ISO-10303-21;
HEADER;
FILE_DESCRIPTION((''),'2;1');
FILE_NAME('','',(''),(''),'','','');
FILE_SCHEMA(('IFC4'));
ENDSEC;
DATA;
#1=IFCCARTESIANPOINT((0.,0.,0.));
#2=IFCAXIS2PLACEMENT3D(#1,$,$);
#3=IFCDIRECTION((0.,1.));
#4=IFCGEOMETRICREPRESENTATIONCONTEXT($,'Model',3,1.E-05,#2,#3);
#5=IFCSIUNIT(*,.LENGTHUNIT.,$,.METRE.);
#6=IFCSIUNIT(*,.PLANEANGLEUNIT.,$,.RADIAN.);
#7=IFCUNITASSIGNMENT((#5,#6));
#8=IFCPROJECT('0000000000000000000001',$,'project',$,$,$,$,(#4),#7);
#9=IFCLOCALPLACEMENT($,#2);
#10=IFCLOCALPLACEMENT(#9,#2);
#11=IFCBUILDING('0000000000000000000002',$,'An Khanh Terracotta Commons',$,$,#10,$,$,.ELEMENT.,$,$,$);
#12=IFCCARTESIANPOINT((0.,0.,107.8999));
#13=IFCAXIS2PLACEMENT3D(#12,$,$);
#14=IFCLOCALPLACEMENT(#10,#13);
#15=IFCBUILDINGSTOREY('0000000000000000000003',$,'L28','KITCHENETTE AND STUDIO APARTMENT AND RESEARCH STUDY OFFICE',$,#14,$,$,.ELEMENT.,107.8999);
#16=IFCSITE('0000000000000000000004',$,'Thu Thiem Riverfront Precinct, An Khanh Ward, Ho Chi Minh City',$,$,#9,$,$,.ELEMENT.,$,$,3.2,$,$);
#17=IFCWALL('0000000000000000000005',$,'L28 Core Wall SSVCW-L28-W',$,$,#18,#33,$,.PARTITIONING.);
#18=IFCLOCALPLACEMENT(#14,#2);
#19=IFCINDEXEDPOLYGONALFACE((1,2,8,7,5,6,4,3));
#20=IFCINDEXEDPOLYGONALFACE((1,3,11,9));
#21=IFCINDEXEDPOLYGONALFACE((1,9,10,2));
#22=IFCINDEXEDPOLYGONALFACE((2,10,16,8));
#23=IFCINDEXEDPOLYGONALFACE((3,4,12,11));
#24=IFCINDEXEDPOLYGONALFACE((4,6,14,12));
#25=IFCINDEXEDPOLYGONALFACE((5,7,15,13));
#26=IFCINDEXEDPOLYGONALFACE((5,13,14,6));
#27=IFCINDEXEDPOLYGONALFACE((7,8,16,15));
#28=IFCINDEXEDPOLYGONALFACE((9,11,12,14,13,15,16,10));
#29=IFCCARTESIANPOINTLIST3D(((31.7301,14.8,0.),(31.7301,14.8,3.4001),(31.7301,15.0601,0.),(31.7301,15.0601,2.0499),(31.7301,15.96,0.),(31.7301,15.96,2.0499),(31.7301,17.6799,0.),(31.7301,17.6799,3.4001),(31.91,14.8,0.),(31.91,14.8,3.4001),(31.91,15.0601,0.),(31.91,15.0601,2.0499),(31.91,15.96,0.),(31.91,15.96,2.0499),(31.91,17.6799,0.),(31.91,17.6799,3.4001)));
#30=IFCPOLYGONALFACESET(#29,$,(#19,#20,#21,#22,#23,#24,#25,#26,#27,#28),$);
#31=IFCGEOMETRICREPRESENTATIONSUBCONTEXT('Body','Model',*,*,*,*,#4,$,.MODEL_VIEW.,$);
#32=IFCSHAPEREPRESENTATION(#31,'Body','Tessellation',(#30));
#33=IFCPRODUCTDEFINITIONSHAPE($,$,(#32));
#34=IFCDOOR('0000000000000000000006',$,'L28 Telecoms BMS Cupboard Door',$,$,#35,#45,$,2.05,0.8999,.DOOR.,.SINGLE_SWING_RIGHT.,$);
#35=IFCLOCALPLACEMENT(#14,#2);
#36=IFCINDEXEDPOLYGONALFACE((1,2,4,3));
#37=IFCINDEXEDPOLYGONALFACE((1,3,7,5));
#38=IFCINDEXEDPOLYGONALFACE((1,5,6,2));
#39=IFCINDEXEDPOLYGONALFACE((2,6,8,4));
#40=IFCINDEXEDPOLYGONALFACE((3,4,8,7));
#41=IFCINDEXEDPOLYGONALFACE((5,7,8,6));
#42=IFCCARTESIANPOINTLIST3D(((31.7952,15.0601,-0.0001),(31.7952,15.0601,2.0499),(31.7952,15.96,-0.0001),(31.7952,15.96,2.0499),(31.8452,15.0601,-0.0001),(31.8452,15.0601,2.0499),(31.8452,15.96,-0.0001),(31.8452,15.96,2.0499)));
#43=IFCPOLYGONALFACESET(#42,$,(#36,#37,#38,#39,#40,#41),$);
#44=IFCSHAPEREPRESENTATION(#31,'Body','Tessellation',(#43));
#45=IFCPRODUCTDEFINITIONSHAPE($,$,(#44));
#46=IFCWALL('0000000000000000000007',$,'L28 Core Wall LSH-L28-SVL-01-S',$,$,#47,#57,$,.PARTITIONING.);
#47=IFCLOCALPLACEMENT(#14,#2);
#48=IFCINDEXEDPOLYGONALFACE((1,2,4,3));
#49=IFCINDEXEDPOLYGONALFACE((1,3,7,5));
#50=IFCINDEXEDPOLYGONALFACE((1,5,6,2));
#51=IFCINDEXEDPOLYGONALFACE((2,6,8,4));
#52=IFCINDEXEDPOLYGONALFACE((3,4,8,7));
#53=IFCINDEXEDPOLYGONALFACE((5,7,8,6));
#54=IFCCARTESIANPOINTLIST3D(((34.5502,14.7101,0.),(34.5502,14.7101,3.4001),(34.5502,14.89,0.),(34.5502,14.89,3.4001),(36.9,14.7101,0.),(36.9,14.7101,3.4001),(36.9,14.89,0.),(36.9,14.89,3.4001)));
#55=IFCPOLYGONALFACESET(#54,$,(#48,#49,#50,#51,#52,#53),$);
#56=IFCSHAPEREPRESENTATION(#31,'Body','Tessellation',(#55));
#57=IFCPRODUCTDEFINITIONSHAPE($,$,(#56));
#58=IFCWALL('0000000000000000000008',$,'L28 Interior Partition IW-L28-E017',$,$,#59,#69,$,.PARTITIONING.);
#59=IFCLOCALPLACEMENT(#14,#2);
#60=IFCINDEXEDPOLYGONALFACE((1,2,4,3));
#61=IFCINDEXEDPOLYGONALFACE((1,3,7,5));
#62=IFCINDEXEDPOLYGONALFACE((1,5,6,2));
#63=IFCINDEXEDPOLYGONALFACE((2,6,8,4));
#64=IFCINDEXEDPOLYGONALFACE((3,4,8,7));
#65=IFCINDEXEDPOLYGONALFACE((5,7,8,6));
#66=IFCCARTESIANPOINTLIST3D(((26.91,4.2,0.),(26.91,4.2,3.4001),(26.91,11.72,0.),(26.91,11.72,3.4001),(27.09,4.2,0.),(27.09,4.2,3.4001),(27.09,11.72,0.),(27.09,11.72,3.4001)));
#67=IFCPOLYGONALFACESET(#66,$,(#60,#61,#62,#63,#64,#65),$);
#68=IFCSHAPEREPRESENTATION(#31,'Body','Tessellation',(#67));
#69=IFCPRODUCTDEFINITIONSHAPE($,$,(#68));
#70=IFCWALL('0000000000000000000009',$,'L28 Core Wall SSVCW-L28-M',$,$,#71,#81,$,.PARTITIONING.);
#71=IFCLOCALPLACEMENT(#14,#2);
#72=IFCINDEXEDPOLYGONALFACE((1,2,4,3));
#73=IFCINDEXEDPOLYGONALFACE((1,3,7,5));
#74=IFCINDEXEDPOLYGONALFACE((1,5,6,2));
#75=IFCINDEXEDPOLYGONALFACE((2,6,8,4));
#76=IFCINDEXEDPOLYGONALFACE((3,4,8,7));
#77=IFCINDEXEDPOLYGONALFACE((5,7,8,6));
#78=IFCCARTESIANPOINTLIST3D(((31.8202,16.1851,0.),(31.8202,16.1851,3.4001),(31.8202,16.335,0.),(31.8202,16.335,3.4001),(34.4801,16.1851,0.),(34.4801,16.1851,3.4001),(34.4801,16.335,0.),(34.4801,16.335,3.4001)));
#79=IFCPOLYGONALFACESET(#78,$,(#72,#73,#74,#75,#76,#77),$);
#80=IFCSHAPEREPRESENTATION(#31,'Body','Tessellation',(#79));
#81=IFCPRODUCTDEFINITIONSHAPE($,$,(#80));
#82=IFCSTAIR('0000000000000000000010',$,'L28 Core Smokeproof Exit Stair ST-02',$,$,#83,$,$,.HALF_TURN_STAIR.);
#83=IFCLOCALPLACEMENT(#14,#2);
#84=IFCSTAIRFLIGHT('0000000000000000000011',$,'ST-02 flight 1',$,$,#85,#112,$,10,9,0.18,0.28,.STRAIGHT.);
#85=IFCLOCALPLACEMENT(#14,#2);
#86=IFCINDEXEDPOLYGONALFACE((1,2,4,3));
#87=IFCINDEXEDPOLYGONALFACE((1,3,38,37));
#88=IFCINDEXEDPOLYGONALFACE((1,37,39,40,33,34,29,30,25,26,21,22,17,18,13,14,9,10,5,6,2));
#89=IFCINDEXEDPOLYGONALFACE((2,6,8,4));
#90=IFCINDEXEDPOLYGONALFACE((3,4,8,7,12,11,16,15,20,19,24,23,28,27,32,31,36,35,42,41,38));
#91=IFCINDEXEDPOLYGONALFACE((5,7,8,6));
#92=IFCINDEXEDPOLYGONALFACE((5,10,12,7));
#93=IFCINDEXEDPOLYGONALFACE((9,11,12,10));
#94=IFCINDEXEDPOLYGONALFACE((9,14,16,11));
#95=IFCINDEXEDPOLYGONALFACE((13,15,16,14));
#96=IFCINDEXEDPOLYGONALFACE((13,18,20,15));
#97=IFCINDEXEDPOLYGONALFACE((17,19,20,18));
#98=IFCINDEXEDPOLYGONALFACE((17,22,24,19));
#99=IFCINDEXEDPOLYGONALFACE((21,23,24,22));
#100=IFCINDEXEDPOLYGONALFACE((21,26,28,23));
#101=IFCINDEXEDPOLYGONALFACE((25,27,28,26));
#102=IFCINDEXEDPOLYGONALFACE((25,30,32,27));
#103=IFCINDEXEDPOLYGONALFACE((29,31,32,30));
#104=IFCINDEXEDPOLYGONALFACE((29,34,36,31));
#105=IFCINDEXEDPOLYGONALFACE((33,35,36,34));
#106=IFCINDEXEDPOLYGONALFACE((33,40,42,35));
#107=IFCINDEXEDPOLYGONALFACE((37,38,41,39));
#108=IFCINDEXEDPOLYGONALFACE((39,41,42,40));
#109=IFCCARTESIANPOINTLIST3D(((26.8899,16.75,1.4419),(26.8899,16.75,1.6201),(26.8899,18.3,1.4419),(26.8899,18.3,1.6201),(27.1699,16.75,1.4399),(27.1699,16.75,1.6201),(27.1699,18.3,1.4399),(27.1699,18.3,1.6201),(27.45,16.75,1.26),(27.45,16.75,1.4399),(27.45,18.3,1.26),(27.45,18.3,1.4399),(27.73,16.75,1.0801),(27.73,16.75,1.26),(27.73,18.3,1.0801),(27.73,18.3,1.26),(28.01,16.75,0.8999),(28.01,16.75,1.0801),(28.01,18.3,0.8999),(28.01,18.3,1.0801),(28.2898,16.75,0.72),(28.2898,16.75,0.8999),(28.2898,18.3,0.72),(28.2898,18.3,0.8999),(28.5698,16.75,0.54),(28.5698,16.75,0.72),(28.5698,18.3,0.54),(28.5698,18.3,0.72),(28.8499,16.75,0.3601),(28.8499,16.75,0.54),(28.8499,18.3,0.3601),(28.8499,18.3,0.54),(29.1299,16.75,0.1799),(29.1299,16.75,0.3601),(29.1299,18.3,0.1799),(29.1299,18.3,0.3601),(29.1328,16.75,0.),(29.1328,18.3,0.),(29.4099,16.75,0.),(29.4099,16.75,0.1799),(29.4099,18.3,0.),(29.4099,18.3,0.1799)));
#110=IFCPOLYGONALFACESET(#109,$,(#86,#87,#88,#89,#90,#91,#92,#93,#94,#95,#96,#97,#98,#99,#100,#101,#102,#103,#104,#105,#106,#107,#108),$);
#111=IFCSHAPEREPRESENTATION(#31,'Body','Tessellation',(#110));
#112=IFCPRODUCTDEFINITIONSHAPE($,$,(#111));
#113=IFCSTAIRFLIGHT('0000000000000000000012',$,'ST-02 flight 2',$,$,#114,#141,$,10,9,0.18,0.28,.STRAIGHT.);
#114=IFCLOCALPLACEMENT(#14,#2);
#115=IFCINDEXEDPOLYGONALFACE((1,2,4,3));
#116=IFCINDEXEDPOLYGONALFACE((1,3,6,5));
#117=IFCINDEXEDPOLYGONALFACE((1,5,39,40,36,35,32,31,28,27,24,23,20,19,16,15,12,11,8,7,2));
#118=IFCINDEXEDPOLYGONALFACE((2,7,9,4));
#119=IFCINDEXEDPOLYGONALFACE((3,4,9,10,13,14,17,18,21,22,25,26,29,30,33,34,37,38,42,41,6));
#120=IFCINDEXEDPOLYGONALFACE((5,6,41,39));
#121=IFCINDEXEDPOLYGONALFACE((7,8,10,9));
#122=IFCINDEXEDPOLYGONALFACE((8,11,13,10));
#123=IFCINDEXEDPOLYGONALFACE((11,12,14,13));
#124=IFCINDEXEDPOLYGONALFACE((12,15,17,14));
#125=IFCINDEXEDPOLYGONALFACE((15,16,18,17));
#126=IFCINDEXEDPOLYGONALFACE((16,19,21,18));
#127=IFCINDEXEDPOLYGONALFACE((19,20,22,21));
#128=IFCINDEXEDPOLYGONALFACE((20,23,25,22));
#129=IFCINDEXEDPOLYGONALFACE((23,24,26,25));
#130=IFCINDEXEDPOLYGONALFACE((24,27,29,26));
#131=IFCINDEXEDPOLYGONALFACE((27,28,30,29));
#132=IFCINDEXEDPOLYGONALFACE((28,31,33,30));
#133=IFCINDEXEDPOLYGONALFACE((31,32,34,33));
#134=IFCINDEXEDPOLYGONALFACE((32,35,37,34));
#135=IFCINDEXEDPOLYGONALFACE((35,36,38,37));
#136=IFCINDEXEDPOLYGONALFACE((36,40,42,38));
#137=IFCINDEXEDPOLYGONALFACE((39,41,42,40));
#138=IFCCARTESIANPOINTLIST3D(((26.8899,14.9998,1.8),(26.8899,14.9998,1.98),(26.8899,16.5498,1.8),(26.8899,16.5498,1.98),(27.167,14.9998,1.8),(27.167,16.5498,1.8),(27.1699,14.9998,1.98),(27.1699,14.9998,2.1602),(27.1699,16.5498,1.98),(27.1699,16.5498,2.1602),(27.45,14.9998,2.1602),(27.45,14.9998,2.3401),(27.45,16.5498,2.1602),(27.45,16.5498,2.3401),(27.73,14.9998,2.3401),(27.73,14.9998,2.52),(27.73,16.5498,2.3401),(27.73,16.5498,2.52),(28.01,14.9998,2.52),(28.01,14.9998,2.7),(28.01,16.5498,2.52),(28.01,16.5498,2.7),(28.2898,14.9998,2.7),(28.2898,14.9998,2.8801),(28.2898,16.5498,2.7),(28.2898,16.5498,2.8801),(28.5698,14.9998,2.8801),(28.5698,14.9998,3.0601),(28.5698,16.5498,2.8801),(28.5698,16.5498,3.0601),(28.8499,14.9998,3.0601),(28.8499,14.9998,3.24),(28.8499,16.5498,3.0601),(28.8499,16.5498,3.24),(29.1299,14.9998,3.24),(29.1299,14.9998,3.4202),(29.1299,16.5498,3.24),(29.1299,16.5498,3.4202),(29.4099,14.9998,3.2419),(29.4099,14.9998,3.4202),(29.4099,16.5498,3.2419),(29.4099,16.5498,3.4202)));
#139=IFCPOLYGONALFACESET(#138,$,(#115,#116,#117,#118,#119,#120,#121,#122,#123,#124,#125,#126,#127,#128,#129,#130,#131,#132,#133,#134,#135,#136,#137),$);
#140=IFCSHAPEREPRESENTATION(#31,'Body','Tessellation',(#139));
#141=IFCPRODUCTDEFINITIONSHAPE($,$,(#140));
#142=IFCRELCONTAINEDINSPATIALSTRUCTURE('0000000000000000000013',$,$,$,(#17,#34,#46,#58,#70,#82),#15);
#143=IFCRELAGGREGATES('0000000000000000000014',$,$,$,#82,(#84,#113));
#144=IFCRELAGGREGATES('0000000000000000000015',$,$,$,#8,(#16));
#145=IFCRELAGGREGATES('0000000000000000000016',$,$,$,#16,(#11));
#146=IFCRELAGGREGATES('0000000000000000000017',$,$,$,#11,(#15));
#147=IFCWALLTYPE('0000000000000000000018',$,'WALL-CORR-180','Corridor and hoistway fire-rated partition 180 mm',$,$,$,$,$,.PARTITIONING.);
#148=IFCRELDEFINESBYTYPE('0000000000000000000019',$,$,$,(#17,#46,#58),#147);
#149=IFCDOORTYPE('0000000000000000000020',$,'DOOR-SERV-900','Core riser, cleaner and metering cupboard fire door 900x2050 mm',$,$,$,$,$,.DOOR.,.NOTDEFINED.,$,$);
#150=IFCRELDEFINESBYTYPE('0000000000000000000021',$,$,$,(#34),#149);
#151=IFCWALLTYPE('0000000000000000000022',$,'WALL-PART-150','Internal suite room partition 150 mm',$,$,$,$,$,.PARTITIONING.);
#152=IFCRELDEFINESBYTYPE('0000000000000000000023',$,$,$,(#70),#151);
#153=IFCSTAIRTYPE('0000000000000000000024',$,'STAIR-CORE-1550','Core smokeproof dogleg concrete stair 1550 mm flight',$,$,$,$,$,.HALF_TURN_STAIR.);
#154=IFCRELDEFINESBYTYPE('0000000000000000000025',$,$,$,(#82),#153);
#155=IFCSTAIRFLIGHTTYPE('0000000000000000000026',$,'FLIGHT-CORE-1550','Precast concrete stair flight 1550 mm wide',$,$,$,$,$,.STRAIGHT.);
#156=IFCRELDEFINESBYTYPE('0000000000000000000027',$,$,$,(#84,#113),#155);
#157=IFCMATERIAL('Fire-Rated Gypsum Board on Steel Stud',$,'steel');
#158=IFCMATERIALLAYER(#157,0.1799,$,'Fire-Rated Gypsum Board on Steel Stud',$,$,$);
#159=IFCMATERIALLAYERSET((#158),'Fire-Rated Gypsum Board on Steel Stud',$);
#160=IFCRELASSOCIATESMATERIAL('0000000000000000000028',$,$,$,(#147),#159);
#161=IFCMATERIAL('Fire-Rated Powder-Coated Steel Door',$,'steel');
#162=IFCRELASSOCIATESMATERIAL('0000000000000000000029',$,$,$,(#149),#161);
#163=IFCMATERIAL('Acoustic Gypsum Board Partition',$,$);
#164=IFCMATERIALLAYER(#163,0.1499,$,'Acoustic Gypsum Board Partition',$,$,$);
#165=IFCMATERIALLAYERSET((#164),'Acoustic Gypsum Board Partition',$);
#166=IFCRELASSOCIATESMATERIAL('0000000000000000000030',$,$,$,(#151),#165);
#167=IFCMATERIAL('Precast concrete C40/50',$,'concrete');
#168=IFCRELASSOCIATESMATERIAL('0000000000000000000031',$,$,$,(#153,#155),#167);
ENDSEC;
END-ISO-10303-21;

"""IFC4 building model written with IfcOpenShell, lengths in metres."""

from ifc_helpers import new_model, si_unit, direction, frame, frame_2d, origin, place, context, subcontext, project, spatial, polyline, rectangle, outline, extrude, material, layer, layer_set, type_object, element, fill, aggregate, save


model = new_model("IFC4")

# Units and contexts
model_context = context("Model", 3, precision=1e-05, world=origin(), true_north=direction((0.0, 1.0)))
body_context = subcontext(model_context, "Body", "Model", "MODEL_VIEW")
ifc_project = project(units=[si_unit("LENGTHUNIT", "METRE"), si_unit("PLANEANGLEUNIT", "RADIAN")], contexts=[model_context])

# Site, building, storey
site_placement = place(None, origin())
site = spatial("IfcSite", under=ifc_project, at=site_placement, Name="Thu Thiem Riverfront Precinct, An Khanh Ward, Ho Chi Minh City", CompositionType="ELEMENT", RefElevation=3.2)
building_placement = place(site_placement, origin())
building = spatial("IfcBuilding", under=site, at=building_placement, Name="An Khanh Terracotta Commons", CompositionType="ELEMENT")
storey_placement = place(building_placement, frame((0.0, 0.0, 107.8999)))
storey = spatial("IfcBuildingStorey", under=building, at=storey_placement, Name="L28", Description="KITCHENETTE AND STUDIO APARTMENT AND RESEARCH STUDY OFFICE", CompositionType="ELEMENT", Elevation=107.8999)

# Wall, opening, door
ifc_material_1 = material(Name="Fire-Rated Gypsum Board on Steel Stud", Category="steel")
ifc_layer_1 = layer(ifc_material_1, 0.1799, Name="Fire-Rated Gypsum Board on Steel Stud")
ifc_layer_set_1 = layer_set([ifc_layer_1], Name="Fire-Rated Gypsum Board on Steel Stud")
wall_type_1 = type_object("IfcWallType", Name="WALL-CORR-180", Description="Corridor and hoistway fire-rated partition 180 mm", PredefinedType="PARTITIONING", material=ifc_layer_set_1)
wall_1_placement = place(storey_placement, frame((31.8201, 14.8, 0.0), z_axis=(0.0, 0.0, 1.0), x_axis=(0.0, 1.0, 0.0)))
wall_1 = element("IfcWall", 1, at=wall_1_placement, inside=storey, type_object=wall_type_1, Name="L28 Core Wall SSVCW-L28-W", PredefinedType="PARTITIONING", context=body_context, shape_type="SweptSolid", body=[
    extrude(rectangle(XDim=2.8799, YDim=0.1799, at=frame_2d((1.4399, 0.0))), origin(), (0.0, 0.0, 1.0), 3.4001),
])
opening_1_placement = place(wall_1_placement, frame((0.26, 0.0, 0.0)))
opening_1 = element("IfcOpeningElement", 2, at=opening_1_placement, cuts=wall_1, PredefinedType="OPENING", context=body_context, shape_type="SweptSolid", body=[
    extrude(rectangle(XDim=0.8999, YDim=2.05, at=frame_2d((0.45, 1.0249))), frame((0.0, 0.0999, 0.0), z_axis=(0.0, -1.0, 0.0), x_axis=(1.0, 0.0, 0.0)), (0.0, 0.0, 1.0), 0.2),
])
ifc_material_2 = material(Name="Fire-Rated Powder-Coated Steel Door", Category="steel")
door_type_1 = type_object("IfcDoorType", Name="DOOR-SERV-900", Description="Core riser, cleaner and metering cupboard fire door 900x2050 mm", OperationType="NOTDEFINED", PredefinedType="DOOR", material=ifc_material_2)
door_1_placement = place(opening_1_placement, origin())
door_1 = element("IfcDoor", 3, at=door_1_placement, inside=storey, type_object=door_type_1, Name="L28 Telecoms BMS Cupboard Door", OperationType="SINGLE_SWING_RIGHT", OverallHeight=2.05, OverallWidth=0.8999, PredefinedType="DOOR", context=body_context, shape_type="SweptSolid", body=[
    extrude(rectangle(XDim=0.8999, YDim=2.05, at=frame_2d((0.45, 1.0249))), frame((0.0, 0.0249, 0.0), z_axis=(0.0, -1.0, 0.0), x_axis=(1.0, 0.0, 0.0)), (0.0, 0.0, 1.0), 0.05),
])
fill(opening_1, door_1)

# Walls
wall_2_placement = place(storey_placement, frame((36.8999, 14.8, 0.0), z_axis=(0.0, 0.0, 1.0), x_axis=(-1.0, 0.0, 0.0)))
element("IfcWall", 4, at=wall_2_placement, inside=storey, type_object=wall_type_1, Name="L28 Core Wall LSH-L28-SVL-01-S", PredefinedType="PARTITIONING", context=body_context, shape_type="SweptSolid", body=[
    extrude(rectangle(XDim=2.3499, YDim=0.1799, at=frame_2d((1.1748, 0.0))), origin(), (0.0, 0.0, 1.0), 3.4001),
])
wall_3_placement = place(storey_placement, frame((27.0, 4.2, 0.0), z_axis=(0.0, 0.0, 1.0), x_axis=(0.0, 1.0, 0.0)))
element("IfcWall", 5, at=wall_3_placement, inside=storey, type_object=wall_type_1, Name="L28 Interior Partition IW-L28-E017", PredefinedType="PARTITIONING", context=body_context, shape_type="SweptSolid", body=[
    extrude(rectangle(XDim=7.52, YDim=0.1799, at=frame_2d((3.76, 0.0))), origin(), (0.0, 0.0, 1.0), 3.4001),
])
ifc_material_3 = material(Name="Acoustic Gypsum Board Partition")
ifc_layer_2 = layer(ifc_material_3, 0.1499, Name="Acoustic Gypsum Board Partition")
ifc_layer_set_2 = layer_set([ifc_layer_2], Name="Acoustic Gypsum Board Partition")
wall_type_2 = type_object("IfcWallType", Name="WALL-PART-150", Description="Internal suite room partition 150 mm", PredefinedType="PARTITIONING", material=ifc_layer_set_2)
wall_4_placement = place(storey_placement, frame((31.8201, 16.26, 0.0), z_axis=(0.0, 0.0, 1.0), x_axis=(1.0, 0.0, 0.0)))
element("IfcWall", 6, at=wall_4_placement, inside=storey, type_object=wall_type_2, Name="L28 Core Wall SSVCW-L28-M", PredefinedType="PARTITIONING", context=body_context, shape_type="SweptSolid", body=[
    extrude(rectangle(XDim=2.6599, YDim=0.1499, at=frame_2d((1.3301, 0.0))), origin(), (0.0, 0.0, 1.0), 3.4001),
])

# Stair, stair flights
ifc_material_4 = material(Name="Precast concrete C40/50", Category="concrete")
stair_type = type_object("IfcStairType", Name="STAIR-CORE-1550", Description="Core smokeproof dogleg concrete stair 1550 mm flight", PredefinedType="HALF_TURN_STAIR", material=ifc_material_4)
stair_placement = place(storey_placement, origin())
stair = element("IfcStair", 7, at=stair_placement, inside=storey, type_object=stair_type, Name="L28 Core Smokeproof Exit Stair ST-02", PredefinedType="HALF_TURN_STAIR")
stair_flight_type = type_object("IfcStairFlightType", Name="FLIGHT-CORE-1550", Description="Precast concrete stair flight 1550 mm wide", PredefinedType="STRAIGHT", material=ifc_material_4)
stair_flight_1_placement = place(storey_placement, frame((29.4099, 17.5249, 0.0), z_axis=(0.0, 0.0, 1.0), x_axis=(-1.0, 0.0, 0.0)))
stair_flight_1 = element("IfcStairFlight", 8, at=stair_flight_1_placement, type_object=stair_flight_type, Name="ST-02 flight 1", NumberOfRisers=10, NumberOfTreads=9, PredefinedType="STRAIGHT", RiserHeight=0.18, TreadLength=0.28, context=body_context, shape_type="SweptSolid", body=[
    extrude(outline(polyline([(0.0, 0.0), (0.0, 0.1799), (0.28, 0.1799), (0.28, 0.3601), (0.5601, 0.3601), (0.5601, 0.54), (0.8401, 0.54), (0.8401, 0.72), (1.1201, 0.72), (1.1201, 0.8999), (1.3999, 0.8999), (1.3999, 1.0801), (1.6799, 1.0801), (1.6799, 1.26), (1.96, 1.26), (1.96, 1.4399), (2.24, 1.4399), (2.24, 1.6201), (2.52, 1.6201), (2.52, 1.8), (2.52, 1.4419), (0.2771, 0.0), (0.0, 0.0)])), frame((0.0, 0.7749, 0.0), z_axis=(0.0, -1.0, 0.0), x_axis=(1.0, 0.0, 0.0)), (0.0, 0.0, 1.0), 1.55),
])
stair_flight_2_placement = place(storey_placement, frame((26.8899, 15.7749, 1.8), z_axis=(0.0, 0.0, 1.0), x_axis=(1.0, 0.0, 0.0)))
stair_flight_2 = element("IfcStairFlight", 9, at=stair_flight_2_placement, type_object=stair_flight_type, Name="ST-02 flight 2", NumberOfRisers=10, NumberOfTreads=9, PredefinedType="STRAIGHT", RiserHeight=0.18, TreadLength=0.28, context=body_context, shape_type="SweptSolid", body=[
    extrude(outline(polyline([(0.0, 0.0), (0.0, 0.1799), (0.28, 0.1799), (0.28, 0.3601), (0.5601, 0.3601), (0.5601, 0.54), (0.8401, 0.54), (0.8401, 0.72), (1.1201, 0.72), (1.1201, 0.8999), (1.3999, 0.8999), (1.3999, 1.0801), (1.6799, 1.0801), (1.6799, 1.26), (1.96, 1.26), (1.96, 1.4399), (2.24, 1.4399), (2.24, 1.6201), (2.52, 1.6201), (2.52, 1.8), (2.52, 1.4419), (0.2771, 0.0), (0.0, 0.0)])), frame((0.0, 0.7749, 0.0), z_axis=(0.0, -1.0, 0.0), x_axis=(1.0, 0.0, 0.0)), (0.0, 0.0, 1.0), 1.55),
])
aggregate(stair, [stair_flight_1, stair_flight_2])

save(model, "model.ifc")
